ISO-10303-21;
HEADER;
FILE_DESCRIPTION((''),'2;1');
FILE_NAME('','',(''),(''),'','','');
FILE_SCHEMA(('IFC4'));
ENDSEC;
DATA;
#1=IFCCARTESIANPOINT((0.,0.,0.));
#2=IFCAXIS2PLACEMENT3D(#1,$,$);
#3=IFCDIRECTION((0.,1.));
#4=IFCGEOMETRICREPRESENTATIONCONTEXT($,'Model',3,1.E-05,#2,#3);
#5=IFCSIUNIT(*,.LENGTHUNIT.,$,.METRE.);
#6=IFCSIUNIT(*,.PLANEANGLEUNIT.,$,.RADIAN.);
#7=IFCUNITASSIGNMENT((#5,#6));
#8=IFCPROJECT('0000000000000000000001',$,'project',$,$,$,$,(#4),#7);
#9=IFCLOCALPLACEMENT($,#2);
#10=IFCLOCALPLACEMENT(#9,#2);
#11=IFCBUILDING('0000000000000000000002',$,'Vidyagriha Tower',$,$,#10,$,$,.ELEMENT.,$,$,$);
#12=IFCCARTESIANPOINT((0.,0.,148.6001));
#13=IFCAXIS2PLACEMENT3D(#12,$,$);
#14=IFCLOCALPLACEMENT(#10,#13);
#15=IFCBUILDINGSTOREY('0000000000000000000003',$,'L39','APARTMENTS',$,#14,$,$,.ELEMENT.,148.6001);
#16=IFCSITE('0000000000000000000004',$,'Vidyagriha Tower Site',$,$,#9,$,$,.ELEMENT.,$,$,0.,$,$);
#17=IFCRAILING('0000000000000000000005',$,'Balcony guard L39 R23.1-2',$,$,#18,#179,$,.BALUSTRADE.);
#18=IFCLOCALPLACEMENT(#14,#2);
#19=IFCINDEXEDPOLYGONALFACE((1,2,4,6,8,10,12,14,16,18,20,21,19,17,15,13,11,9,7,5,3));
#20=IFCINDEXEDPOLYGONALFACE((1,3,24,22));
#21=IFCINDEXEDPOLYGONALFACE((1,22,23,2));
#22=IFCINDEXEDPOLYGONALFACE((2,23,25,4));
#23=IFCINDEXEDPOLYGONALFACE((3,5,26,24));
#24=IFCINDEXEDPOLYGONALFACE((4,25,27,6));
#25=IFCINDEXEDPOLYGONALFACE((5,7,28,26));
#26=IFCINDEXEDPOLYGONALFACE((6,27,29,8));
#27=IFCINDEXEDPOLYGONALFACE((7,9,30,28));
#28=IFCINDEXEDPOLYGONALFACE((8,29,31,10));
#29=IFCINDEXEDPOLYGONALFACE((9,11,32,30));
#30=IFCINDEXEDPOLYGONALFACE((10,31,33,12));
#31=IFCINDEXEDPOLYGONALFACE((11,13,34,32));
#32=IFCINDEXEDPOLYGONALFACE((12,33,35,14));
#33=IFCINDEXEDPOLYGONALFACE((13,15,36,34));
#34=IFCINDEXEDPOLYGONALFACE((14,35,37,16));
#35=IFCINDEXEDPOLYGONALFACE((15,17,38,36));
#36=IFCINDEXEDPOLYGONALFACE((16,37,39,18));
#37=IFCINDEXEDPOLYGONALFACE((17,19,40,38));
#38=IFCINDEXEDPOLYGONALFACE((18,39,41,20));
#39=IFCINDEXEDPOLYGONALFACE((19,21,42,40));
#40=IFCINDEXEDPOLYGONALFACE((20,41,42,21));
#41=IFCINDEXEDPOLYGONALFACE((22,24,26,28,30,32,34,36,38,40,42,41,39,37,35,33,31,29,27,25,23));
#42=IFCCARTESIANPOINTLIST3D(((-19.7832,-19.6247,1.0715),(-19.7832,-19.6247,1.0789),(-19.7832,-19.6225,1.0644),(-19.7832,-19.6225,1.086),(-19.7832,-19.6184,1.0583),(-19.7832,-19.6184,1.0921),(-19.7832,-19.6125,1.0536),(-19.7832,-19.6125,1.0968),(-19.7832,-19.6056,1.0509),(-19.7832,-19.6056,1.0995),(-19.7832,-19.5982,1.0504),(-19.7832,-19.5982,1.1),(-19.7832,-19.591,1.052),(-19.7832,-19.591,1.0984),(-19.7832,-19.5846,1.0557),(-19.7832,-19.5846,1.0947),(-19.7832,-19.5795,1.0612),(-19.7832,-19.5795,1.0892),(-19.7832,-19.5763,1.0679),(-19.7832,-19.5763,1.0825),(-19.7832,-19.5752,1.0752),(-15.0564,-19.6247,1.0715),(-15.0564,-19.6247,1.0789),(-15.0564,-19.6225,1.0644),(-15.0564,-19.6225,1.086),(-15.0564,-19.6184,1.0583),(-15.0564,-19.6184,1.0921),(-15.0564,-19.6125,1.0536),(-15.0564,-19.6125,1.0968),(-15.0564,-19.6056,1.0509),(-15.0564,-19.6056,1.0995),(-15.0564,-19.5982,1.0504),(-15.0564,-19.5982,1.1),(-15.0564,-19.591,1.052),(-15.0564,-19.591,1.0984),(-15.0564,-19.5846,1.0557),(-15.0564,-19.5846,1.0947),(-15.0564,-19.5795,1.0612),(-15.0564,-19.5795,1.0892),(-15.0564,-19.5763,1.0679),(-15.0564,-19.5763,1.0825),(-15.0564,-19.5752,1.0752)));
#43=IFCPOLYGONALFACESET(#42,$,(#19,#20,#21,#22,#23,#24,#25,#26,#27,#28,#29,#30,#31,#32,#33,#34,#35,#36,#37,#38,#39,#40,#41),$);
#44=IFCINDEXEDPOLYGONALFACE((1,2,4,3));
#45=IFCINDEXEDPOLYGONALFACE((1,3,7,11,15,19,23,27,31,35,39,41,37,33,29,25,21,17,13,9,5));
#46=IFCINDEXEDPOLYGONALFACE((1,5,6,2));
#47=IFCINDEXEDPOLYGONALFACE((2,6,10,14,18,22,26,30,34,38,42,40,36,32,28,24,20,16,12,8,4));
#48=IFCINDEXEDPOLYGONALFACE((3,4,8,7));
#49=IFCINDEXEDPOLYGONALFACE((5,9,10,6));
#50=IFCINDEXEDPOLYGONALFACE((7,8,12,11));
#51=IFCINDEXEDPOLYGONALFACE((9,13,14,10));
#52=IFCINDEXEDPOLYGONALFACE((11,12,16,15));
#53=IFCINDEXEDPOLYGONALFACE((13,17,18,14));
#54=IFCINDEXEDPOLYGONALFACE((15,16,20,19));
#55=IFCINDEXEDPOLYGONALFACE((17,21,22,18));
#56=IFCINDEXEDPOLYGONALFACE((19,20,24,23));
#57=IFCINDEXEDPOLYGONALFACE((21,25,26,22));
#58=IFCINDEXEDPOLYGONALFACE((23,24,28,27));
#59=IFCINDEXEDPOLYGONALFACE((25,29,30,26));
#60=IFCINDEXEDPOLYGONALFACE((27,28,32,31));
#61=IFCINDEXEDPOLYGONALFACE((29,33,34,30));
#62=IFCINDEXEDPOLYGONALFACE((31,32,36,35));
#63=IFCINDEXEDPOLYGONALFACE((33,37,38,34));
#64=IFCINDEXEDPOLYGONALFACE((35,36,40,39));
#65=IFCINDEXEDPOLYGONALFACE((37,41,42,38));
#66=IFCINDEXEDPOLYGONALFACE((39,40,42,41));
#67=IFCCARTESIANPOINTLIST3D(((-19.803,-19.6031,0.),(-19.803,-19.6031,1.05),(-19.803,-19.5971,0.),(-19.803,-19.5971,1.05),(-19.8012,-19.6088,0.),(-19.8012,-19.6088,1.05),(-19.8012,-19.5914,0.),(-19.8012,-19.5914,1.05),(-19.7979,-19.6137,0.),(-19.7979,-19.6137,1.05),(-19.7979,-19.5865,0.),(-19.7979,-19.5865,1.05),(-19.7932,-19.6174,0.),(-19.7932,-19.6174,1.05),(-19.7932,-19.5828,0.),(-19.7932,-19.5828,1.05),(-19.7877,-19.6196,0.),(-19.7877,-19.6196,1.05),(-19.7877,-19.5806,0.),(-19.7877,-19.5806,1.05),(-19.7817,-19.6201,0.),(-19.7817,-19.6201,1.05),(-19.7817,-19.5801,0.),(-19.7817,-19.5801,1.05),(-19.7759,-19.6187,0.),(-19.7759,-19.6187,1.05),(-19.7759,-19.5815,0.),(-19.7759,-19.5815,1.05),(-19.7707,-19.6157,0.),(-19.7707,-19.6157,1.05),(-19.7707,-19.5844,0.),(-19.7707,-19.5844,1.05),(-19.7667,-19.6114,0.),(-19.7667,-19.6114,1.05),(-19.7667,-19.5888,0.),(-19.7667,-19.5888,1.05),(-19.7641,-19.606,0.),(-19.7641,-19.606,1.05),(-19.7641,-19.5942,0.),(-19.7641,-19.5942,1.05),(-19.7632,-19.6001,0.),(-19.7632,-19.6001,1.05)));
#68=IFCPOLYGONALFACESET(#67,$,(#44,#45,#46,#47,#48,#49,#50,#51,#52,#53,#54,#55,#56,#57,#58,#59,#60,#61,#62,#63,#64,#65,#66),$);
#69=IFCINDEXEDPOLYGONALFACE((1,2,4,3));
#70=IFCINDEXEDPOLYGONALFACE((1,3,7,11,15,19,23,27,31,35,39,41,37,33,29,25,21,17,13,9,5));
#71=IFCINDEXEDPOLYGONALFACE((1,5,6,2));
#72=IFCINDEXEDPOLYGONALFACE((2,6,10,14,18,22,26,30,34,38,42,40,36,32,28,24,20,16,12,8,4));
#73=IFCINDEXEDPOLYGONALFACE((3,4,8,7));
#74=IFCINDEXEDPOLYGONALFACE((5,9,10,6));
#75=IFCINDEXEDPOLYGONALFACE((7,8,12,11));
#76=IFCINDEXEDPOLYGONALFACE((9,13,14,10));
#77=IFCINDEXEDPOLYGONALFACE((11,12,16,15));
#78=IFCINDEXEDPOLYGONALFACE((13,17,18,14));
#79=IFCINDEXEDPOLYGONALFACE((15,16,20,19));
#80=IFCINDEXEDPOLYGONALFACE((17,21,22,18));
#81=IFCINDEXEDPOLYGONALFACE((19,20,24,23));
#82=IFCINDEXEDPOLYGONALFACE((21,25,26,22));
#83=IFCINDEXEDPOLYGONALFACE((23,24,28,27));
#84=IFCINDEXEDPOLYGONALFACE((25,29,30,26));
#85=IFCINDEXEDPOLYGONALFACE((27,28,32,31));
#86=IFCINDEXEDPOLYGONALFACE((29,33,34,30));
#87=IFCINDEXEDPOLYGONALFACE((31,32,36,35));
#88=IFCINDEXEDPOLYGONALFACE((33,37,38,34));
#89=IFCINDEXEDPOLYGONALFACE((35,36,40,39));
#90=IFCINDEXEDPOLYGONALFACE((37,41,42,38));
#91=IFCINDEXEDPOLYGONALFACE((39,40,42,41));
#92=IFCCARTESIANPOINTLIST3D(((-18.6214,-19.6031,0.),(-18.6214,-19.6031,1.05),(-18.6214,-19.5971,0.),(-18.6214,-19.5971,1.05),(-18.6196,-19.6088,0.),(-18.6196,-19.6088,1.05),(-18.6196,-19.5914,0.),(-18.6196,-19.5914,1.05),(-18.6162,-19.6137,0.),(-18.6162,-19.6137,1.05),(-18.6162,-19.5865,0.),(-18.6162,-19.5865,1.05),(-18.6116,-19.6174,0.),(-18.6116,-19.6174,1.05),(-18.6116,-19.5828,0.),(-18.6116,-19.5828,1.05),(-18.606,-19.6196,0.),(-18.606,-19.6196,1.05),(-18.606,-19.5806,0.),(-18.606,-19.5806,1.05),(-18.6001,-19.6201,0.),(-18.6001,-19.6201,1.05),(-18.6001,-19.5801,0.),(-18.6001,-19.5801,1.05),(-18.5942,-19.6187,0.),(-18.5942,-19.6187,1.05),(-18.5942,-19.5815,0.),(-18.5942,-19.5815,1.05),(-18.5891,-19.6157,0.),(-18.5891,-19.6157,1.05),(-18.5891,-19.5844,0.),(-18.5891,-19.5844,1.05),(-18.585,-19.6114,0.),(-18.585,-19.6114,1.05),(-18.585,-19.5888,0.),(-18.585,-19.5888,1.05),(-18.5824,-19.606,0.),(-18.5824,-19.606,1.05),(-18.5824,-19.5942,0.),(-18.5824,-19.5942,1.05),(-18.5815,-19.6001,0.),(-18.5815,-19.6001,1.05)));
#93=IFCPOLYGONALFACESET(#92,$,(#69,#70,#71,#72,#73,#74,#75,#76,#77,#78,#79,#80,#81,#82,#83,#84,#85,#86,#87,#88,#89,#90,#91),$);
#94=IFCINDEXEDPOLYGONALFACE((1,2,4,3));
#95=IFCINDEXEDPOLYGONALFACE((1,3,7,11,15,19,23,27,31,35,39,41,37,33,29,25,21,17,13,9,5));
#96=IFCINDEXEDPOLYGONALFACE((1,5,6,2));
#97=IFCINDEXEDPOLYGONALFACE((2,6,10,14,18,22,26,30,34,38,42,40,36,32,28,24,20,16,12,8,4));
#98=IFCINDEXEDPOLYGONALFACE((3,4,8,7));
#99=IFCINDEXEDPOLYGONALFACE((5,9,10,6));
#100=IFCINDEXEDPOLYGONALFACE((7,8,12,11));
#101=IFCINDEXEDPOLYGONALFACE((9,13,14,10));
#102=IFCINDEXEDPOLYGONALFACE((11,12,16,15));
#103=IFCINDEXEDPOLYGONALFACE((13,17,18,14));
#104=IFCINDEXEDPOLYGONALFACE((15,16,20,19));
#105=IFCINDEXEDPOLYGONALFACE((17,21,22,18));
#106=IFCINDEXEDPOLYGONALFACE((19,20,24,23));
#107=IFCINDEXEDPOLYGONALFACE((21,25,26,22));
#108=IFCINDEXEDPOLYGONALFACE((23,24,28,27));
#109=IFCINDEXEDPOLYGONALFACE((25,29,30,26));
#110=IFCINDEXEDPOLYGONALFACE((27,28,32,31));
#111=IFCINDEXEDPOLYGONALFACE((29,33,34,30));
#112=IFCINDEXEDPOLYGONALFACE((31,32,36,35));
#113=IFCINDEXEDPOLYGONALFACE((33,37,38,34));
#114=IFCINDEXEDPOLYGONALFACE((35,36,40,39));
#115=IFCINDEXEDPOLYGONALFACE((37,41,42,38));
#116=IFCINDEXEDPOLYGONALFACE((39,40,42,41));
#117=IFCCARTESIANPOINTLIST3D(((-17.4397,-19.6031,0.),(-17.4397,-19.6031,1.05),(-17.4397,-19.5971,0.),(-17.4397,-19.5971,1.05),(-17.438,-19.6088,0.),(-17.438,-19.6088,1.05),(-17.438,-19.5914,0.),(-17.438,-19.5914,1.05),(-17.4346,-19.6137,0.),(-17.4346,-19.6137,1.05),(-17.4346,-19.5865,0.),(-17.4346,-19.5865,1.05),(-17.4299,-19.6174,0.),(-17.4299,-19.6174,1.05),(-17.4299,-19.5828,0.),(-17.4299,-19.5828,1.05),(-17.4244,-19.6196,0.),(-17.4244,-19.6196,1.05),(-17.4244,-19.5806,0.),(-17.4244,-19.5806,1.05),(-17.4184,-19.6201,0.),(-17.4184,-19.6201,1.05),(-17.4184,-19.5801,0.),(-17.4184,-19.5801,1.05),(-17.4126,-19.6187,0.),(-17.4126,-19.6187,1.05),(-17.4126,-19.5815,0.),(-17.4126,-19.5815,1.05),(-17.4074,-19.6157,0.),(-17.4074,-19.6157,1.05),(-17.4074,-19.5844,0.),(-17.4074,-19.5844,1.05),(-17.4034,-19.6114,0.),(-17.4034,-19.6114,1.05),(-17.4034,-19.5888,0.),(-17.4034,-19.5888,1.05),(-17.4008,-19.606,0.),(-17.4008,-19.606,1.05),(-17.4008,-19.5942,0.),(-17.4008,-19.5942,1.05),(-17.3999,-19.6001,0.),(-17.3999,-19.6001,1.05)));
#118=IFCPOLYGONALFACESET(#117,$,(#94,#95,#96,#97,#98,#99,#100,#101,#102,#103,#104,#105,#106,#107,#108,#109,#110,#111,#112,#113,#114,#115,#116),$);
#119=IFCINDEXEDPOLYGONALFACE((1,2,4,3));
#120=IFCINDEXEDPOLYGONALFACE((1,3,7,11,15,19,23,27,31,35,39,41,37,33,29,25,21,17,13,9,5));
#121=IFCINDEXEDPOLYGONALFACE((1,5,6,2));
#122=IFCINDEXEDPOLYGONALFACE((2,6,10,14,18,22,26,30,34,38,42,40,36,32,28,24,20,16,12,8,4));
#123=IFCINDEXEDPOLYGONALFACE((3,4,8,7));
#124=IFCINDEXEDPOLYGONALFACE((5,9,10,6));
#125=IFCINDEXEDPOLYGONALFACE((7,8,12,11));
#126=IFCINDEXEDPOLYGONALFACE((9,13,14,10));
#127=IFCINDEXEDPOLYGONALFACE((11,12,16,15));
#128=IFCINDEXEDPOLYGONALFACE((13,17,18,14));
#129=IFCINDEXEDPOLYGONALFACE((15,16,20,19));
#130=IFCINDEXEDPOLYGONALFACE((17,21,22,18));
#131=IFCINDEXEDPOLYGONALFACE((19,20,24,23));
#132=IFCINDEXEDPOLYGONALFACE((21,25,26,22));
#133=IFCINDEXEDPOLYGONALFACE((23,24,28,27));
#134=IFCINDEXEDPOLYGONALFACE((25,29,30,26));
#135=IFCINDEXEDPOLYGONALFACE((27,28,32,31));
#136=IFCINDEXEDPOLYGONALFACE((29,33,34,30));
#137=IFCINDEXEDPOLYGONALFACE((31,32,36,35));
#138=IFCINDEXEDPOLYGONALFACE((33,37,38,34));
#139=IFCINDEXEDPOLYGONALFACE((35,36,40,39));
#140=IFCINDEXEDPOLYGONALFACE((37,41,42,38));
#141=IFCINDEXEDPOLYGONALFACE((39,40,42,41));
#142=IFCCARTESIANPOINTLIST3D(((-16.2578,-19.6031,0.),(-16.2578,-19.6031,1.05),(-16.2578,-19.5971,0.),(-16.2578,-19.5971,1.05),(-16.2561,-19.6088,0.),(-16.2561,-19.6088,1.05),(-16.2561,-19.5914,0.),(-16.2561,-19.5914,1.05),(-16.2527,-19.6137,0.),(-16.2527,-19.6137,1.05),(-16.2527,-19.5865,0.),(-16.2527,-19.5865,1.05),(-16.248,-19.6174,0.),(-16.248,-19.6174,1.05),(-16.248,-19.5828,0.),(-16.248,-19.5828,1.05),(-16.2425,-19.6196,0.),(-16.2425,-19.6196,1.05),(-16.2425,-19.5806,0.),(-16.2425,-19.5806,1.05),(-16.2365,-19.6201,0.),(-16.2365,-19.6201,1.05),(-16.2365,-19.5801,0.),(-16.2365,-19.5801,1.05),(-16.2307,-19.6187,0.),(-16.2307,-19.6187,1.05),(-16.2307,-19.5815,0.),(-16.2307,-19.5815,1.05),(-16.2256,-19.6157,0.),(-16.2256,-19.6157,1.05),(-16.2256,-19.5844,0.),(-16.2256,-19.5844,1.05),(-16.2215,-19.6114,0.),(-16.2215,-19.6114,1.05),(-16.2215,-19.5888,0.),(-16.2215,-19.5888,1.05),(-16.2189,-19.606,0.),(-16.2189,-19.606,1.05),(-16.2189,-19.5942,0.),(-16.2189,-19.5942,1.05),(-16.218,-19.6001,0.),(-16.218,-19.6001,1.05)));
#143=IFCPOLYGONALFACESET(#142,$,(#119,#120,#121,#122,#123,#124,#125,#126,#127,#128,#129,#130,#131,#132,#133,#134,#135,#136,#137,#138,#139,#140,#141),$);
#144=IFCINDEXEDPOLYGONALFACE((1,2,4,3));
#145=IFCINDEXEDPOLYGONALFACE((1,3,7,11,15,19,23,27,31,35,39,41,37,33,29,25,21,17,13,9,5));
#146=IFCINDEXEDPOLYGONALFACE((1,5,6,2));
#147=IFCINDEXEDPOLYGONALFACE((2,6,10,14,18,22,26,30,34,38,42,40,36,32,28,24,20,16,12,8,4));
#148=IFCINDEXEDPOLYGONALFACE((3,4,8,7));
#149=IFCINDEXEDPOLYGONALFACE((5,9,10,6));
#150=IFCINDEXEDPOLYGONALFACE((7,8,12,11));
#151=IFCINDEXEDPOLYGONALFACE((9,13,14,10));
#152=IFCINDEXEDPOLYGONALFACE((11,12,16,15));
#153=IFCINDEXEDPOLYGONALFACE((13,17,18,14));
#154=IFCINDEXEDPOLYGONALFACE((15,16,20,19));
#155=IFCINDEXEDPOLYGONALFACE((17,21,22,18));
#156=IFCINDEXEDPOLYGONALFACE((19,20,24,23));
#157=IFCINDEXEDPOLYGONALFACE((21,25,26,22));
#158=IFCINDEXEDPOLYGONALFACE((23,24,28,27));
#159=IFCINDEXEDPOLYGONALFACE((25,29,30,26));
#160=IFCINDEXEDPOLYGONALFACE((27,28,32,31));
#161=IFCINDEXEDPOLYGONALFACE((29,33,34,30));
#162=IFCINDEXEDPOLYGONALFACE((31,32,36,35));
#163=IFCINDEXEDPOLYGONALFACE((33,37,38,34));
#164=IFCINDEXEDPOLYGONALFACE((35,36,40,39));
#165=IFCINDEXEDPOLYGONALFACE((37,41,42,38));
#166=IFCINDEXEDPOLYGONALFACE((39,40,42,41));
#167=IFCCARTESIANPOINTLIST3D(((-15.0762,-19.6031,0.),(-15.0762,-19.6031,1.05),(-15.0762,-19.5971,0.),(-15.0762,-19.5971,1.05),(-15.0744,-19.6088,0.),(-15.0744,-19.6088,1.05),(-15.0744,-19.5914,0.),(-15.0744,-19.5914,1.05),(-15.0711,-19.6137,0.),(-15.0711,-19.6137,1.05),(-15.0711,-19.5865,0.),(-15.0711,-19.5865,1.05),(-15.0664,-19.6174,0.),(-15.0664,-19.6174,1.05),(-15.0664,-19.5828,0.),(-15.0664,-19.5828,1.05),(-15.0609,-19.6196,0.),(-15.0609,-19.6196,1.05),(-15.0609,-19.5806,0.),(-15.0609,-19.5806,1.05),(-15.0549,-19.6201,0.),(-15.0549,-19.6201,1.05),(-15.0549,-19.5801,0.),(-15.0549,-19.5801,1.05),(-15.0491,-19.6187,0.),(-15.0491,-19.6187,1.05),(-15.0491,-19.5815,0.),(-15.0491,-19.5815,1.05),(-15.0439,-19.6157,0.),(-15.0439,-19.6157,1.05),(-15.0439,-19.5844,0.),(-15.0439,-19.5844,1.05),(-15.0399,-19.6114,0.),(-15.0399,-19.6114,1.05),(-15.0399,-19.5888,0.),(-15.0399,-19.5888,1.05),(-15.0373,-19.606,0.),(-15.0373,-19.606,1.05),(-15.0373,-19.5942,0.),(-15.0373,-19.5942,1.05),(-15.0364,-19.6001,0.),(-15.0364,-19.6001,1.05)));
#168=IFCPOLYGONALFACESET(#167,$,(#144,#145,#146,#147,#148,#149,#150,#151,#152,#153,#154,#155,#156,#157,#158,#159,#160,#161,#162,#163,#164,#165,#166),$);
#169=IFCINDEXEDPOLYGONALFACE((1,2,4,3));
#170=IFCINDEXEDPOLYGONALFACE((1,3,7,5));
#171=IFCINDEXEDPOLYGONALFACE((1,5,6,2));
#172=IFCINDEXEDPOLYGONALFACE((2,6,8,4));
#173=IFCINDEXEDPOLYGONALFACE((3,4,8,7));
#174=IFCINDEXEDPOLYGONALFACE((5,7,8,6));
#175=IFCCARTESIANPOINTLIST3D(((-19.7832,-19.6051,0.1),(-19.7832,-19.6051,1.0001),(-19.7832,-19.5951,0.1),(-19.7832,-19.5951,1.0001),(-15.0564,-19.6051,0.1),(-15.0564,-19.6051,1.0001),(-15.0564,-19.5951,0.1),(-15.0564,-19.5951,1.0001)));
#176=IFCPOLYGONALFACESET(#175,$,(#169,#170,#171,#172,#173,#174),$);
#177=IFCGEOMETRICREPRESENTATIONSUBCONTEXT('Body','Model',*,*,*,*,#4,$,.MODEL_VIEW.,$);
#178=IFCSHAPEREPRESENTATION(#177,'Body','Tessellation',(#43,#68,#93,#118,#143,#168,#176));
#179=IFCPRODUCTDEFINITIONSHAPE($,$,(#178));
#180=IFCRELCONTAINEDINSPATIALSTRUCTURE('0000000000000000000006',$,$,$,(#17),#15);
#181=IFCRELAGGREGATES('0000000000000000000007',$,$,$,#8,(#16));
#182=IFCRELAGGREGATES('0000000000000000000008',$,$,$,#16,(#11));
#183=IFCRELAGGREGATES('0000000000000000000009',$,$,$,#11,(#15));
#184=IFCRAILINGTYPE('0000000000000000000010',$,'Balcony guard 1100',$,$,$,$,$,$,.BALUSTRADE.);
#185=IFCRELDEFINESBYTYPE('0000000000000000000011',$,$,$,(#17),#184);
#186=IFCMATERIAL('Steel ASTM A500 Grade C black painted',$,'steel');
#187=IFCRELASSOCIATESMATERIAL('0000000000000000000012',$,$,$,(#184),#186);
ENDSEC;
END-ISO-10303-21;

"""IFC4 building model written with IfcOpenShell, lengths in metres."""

from ifc_helpers import new_model, si_unit, direction, frame, origin, origin_2d, place, context, subcontext, project, spatial, rectangle, circle, extrude, material, type_object, element, save


model = new_model("IFC4")

# Units and contexts
model_context = context("Model", 3, precision=1e-05, world=origin(), true_north=direction((0.0, 1.0)))
body_context = subcontext(model_context, "Body", "Model", "MODEL_VIEW")
ifc_project = project(units=[si_unit("LENGTHUNIT", "METRE"), si_unit("PLANEANGLEUNIT", "RADIAN")], contexts=[model_context])

# Site, building, storey
site_placement = place(None, origin())
site = spatial("IfcSite", under=ifc_project, at=site_placement, Name="Vidyagriha Tower Site", CompositionType="ELEMENT", RefElevation=0.0)
building_placement = place(site_placement, origin())
building = spatial("IfcBuilding", under=site, at=building_placement, Name="Vidyagriha Tower", CompositionType="ELEMENT")
storey_placement = place(building_placement, frame((0.0, 0.0, 148.6001)))
storey = spatial("IfcBuildingStorey", under=building, at=storey_placement, Name="L39", Description="APARTMENTS", CompositionType="ELEMENT", Elevation=148.6001)

# Railing
ifc_material_1 = material(Name="Steel ASTM A500 Grade C black painted", Category="steel")
railing_type = type_object("IfcRailingType", Name="Balcony guard 1100", PredefinedType="BALUSTRADE", material=ifc_material_1)
railing_1_placement = place(storey_placement, frame((-19.7832, -19.6001, 0.0)))
element("IfcRailing", 1, at=railing_1_placement, inside=storey, type_object=railing_type, Name="Balcony guard L39 R23.1-2", PredefinedType="BALUSTRADE", context=body_context, shape_type="SweptSolid", body=[
    extrude(circle(Radius=0.0249, at=origin_2d()), frame((0.0, 0.0, 1.0752), z_axis=(1.0, 0.0, 0.0), x_axis=(0.0, 1.0, 0.0)), (0.0, 0.0, 1.0), 4.7268),
    extrude(circle(Radius=0.02, at=origin_2d()), origin(), (0.0, 0.0, 1.0), 1.05),
    extrude(circle(Radius=0.02, at=origin_2d()), frame((1.1816, 0.0, 0.0)), (0.0, 0.0, 1.0), 1.05),
    extrude(circle(Radius=0.02, at=origin_2d()), frame((2.3633, 0.0, 0.0)), (0.0, 0.0, 1.0), 1.05),
    extrude(circle(Radius=0.02, at=origin_2d()), frame((3.5452, 0.0, 0.0)), (0.0, 0.0, 1.0), 1.05),
    extrude(circle(Radius=0.02, at=origin_2d()), frame((4.7268, 0.0, 0.0)), (0.0, 0.0, 1.0), 1.05),
    extrude(rectangle(XDim=0.01, YDim=0.9001, at=origin_2d()), frame((0.0, 0.0, 0.55), z_axis=(1.0, 0.0, 0.0), x_axis=(0.0, 1.0, 0.0)), (0.0, 0.0, 1.0), 4.7268),
])

save(model, "model.ifc")
